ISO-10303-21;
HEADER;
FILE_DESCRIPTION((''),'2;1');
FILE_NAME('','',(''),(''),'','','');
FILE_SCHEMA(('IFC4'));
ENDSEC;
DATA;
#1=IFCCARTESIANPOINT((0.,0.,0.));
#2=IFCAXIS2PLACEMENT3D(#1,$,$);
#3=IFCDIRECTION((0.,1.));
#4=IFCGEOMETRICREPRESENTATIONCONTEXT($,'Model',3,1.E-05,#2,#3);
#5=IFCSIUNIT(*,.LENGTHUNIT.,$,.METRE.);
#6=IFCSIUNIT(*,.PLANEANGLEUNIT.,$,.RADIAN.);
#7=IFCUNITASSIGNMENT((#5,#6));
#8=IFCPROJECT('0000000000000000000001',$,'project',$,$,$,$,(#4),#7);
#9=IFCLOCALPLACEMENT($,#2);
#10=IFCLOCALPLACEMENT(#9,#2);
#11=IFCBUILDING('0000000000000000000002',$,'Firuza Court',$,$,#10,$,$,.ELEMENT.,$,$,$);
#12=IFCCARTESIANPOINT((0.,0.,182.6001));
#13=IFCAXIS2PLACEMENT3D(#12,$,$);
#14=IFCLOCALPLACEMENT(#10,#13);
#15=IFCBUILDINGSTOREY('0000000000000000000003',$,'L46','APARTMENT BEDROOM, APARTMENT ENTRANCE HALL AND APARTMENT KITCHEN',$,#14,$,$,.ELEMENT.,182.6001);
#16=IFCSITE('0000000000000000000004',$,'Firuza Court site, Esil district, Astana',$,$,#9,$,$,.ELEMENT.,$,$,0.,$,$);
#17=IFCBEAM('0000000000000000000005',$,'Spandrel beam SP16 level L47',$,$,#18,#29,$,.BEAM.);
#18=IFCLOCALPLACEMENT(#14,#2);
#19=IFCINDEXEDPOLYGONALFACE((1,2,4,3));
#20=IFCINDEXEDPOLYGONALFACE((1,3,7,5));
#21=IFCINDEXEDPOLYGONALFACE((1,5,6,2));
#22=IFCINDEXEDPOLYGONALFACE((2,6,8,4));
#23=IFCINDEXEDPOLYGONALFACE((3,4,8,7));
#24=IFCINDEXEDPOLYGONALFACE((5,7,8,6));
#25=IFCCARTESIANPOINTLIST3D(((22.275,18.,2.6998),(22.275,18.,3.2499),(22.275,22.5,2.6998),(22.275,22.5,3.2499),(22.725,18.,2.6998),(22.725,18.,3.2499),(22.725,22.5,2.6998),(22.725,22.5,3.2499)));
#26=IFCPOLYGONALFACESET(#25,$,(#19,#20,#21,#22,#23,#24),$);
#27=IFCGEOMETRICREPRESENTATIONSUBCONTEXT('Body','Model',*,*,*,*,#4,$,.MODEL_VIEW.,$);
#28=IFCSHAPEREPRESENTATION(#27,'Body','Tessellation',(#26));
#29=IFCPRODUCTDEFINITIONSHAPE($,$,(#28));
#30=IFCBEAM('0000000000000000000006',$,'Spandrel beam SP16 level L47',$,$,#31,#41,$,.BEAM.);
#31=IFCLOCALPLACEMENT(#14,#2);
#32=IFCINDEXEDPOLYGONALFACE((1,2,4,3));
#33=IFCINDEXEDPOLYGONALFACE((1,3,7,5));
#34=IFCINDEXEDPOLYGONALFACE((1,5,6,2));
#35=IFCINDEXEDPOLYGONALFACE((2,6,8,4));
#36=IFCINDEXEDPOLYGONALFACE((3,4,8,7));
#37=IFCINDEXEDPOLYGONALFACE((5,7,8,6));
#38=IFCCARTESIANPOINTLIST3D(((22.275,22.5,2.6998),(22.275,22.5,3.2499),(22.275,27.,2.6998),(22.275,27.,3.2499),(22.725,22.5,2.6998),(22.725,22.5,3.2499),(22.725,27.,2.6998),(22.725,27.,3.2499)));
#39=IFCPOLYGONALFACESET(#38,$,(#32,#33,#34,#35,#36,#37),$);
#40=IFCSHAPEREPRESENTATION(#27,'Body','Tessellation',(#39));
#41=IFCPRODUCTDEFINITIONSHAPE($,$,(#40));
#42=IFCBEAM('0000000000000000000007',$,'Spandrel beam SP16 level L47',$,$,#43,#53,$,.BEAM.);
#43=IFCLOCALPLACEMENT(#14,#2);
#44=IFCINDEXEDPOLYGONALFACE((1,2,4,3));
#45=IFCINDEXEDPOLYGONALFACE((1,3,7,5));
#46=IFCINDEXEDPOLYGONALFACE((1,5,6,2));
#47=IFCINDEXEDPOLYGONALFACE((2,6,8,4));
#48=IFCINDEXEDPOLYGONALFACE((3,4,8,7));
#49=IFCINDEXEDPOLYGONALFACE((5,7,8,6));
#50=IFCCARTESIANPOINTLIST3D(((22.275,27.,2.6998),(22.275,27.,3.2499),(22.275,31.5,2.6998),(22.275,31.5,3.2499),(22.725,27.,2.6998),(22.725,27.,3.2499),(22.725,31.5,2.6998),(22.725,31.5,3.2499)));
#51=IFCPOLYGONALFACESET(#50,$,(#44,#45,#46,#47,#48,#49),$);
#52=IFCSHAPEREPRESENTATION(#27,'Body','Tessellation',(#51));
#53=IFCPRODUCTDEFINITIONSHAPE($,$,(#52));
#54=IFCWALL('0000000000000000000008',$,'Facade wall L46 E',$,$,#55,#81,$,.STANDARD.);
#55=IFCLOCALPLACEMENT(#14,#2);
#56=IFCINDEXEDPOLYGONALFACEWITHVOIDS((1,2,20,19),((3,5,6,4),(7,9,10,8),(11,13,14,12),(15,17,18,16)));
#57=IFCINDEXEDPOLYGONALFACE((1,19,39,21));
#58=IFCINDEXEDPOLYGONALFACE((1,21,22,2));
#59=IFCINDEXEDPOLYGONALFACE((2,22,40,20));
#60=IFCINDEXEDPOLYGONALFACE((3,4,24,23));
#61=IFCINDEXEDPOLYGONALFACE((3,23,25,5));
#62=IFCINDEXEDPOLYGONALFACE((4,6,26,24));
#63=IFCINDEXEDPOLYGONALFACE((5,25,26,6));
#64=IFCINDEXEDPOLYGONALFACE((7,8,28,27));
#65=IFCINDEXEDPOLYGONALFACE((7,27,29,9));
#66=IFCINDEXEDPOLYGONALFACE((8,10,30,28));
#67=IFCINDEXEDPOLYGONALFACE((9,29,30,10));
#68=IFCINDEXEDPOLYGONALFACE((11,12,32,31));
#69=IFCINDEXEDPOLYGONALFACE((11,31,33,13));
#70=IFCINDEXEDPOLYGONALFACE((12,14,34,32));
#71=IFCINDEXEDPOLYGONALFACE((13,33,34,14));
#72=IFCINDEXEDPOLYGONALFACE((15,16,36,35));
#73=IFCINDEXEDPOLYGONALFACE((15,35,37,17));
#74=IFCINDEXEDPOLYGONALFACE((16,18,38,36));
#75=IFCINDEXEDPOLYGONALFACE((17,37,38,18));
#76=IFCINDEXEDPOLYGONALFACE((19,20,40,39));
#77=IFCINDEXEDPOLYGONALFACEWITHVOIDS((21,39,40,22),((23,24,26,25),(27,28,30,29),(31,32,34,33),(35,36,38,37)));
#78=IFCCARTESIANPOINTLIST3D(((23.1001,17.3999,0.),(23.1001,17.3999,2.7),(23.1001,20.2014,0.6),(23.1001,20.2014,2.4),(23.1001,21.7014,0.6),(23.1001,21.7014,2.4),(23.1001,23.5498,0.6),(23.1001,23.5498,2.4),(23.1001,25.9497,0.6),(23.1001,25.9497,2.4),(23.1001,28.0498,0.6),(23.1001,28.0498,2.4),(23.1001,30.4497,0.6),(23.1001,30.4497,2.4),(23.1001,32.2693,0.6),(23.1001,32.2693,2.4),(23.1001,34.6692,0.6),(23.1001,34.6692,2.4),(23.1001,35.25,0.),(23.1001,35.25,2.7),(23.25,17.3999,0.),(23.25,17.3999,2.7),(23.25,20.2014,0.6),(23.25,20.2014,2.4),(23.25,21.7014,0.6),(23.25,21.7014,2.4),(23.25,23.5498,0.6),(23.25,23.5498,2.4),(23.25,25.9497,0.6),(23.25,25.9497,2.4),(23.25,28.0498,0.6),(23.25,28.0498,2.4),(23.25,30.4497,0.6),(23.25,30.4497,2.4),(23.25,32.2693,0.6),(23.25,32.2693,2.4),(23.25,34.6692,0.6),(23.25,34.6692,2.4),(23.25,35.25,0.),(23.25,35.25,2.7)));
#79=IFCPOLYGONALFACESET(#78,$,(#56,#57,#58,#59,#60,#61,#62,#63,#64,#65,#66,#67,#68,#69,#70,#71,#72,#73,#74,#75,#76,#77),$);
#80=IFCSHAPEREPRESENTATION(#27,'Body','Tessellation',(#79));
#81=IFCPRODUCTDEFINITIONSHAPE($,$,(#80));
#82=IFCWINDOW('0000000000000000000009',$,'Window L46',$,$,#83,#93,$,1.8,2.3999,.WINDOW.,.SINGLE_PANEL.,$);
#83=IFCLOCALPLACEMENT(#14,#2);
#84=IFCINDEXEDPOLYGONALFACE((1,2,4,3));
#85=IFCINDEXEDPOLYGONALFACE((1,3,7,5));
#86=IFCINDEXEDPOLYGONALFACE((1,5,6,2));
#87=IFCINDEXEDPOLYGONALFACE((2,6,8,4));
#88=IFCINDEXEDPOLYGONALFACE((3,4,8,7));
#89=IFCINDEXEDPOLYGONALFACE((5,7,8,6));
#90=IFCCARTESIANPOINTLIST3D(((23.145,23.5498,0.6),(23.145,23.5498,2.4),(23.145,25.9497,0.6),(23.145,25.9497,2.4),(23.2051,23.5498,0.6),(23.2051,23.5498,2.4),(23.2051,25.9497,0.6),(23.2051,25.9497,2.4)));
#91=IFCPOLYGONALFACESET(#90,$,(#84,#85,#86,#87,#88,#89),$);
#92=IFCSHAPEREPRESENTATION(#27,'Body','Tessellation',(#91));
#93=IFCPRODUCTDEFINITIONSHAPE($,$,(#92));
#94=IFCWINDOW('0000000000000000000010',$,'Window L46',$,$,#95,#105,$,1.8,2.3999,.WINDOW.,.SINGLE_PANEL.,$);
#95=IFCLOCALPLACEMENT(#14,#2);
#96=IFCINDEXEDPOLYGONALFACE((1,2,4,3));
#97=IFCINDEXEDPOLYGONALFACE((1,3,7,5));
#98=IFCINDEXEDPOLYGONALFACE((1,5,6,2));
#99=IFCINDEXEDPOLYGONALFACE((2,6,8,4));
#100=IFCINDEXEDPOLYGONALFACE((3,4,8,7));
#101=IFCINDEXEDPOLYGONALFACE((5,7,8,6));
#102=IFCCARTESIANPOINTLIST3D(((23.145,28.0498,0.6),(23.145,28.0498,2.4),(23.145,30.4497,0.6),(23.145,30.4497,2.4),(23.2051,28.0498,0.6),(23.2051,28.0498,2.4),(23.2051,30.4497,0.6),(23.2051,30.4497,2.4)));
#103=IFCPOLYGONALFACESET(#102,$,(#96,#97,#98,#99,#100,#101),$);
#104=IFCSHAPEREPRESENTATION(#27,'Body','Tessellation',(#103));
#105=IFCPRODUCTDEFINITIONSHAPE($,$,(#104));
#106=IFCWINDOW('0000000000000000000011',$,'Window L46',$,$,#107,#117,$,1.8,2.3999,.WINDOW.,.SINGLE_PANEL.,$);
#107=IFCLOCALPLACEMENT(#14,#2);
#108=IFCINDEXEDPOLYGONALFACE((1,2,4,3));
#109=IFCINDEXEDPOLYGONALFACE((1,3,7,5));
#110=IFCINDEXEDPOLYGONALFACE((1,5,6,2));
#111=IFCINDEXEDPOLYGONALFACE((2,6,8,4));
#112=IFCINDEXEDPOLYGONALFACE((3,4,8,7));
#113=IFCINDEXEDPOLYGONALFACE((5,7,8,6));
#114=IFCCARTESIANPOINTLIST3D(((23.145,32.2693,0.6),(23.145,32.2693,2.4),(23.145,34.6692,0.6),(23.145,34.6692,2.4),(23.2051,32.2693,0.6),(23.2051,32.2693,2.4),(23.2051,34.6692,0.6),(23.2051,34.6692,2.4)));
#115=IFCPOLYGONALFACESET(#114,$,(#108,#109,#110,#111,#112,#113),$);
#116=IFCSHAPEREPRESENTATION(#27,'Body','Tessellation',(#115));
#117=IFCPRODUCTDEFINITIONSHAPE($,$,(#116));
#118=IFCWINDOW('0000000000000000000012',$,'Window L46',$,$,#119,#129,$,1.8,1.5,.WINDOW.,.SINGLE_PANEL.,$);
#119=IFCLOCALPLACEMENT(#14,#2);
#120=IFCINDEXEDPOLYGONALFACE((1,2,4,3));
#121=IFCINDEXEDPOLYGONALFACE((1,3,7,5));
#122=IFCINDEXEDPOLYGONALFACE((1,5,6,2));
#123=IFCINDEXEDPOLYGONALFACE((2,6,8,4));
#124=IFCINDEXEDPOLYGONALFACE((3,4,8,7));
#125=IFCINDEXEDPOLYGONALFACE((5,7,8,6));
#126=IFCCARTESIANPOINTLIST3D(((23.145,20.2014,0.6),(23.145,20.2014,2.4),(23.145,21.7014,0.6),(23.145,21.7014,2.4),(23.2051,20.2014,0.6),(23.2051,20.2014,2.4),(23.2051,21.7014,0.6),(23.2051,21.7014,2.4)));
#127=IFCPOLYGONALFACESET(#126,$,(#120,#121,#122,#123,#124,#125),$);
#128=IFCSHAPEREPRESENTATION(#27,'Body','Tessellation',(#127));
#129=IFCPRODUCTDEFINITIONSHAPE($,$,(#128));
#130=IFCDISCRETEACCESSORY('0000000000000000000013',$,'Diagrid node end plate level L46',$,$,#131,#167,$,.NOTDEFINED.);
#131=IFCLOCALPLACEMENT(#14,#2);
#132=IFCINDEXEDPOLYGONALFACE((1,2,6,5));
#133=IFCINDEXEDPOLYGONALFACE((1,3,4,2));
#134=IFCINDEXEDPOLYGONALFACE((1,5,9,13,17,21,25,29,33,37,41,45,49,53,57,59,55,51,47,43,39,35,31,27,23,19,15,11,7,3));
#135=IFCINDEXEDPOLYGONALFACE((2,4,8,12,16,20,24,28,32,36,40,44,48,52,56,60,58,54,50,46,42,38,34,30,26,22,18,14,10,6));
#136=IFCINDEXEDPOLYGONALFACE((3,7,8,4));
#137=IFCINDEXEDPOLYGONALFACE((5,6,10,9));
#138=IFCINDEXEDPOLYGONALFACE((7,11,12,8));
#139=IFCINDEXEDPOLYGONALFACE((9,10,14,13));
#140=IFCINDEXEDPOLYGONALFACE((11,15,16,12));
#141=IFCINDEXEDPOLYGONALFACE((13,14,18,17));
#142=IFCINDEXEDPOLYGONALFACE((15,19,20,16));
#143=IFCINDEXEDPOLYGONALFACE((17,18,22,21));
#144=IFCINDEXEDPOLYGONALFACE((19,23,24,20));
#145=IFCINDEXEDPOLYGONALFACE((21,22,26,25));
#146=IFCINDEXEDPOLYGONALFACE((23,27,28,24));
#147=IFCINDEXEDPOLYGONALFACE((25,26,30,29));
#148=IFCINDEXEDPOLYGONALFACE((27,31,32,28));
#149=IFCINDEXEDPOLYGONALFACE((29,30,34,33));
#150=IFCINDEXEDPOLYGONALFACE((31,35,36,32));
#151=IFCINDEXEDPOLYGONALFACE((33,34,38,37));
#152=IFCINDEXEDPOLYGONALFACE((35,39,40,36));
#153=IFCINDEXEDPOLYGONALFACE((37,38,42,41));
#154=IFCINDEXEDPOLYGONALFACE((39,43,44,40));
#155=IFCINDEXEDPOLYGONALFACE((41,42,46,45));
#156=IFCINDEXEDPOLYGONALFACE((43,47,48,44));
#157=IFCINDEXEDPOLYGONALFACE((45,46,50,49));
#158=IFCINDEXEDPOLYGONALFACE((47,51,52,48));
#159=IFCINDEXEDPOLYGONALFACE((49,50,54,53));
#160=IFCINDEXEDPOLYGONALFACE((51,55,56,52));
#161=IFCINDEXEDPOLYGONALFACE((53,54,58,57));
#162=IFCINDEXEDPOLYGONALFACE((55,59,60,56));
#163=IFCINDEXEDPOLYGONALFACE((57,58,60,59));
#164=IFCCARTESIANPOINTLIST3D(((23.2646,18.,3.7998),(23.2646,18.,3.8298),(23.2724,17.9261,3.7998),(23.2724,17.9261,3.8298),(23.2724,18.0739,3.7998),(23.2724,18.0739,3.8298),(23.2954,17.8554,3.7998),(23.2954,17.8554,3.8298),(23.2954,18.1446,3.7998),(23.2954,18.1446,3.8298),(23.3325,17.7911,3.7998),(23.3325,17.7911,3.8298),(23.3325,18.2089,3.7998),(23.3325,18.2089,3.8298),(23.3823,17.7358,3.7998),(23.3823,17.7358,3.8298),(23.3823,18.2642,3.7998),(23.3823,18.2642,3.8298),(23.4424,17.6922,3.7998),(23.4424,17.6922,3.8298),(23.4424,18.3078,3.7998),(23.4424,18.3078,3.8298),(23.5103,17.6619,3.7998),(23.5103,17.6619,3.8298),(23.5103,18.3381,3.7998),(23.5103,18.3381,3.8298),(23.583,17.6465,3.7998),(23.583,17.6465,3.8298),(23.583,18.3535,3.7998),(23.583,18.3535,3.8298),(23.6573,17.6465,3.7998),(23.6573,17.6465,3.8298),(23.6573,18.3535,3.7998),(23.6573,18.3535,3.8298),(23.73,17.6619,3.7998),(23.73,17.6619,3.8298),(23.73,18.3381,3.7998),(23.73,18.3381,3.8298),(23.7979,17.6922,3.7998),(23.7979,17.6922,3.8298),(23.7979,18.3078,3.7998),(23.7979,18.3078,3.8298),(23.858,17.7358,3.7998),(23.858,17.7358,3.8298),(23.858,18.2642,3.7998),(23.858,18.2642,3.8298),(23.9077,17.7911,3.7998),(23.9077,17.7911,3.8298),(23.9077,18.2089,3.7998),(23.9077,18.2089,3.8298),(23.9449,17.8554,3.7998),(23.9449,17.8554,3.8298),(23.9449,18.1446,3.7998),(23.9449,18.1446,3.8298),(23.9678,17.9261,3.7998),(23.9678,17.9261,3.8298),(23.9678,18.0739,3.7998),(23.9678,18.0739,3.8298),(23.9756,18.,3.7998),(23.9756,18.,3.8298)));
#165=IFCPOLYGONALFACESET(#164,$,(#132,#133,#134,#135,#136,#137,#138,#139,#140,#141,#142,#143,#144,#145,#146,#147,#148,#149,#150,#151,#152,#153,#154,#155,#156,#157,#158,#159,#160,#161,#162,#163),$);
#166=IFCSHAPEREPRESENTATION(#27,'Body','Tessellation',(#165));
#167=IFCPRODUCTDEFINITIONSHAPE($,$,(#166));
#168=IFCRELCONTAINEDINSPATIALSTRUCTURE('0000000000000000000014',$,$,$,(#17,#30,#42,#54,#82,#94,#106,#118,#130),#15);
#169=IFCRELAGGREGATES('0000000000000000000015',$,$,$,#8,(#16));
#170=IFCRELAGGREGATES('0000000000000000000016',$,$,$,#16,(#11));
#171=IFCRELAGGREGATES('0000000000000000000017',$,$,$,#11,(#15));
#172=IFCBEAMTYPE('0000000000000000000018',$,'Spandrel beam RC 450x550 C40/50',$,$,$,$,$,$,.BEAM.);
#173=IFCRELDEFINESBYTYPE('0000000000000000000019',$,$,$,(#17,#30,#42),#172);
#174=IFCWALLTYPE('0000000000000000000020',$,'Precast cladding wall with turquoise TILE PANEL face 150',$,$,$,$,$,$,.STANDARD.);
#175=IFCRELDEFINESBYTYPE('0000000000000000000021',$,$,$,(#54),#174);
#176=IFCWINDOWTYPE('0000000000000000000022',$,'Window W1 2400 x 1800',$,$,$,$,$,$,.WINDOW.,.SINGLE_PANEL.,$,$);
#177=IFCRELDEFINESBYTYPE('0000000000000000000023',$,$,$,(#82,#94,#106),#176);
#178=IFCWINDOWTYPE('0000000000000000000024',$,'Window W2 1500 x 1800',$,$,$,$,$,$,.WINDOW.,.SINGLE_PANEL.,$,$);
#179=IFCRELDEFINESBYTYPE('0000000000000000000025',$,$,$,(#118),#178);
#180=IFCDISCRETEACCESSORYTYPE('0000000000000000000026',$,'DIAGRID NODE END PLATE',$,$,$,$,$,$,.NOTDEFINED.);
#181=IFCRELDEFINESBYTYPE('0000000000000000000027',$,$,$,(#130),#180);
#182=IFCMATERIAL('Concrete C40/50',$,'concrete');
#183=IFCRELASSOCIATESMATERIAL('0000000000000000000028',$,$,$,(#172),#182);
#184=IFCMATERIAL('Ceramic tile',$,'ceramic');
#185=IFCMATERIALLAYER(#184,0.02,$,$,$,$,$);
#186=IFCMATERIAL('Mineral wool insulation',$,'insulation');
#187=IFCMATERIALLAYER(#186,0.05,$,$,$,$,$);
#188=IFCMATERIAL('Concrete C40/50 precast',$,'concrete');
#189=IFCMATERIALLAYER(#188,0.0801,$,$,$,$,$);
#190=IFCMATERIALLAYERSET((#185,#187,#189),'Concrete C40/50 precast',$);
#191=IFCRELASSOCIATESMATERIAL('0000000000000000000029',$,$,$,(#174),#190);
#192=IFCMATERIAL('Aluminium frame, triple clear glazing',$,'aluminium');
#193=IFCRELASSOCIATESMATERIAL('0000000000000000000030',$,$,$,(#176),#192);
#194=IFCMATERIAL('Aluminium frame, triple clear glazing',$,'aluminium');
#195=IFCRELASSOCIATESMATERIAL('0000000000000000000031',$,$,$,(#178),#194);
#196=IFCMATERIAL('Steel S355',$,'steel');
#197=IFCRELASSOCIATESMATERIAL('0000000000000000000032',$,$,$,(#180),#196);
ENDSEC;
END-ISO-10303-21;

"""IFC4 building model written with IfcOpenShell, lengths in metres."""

from ifc_helpers import new_model, si_unit, direction, frame, frame_2d, origin, origin_2d, place, context, subcontext, project, spatial, rectangle, circle, extrude, material, layer, layer_set, material_profile, profile_set, type_object, element, fill, save


model = new_model("IFC4")

# Units and contexts
model_context = context("Model", 3, precision=1e-05, world=origin(), true_north=direction((0.0, 1.0)))
body_context = subcontext(model_context, "Body", "Model", "MODEL_VIEW")
ifc_project = project(units=[si_unit("LENGTHUNIT", "METRE"), si_unit("PLANEANGLEUNIT", "RADIAN")], contexts=[model_context])

# Site, building, storey
site_placement = place(None, origin())
site = spatial("IfcSite", under=ifc_project, at=site_placement, Name="Firuza Court site, Esil district, Astana", CompositionType="ELEMENT", RefElevation=0.0)
building_placement = place(site_placement, origin())
building = spatial("IfcBuilding", under=site, at=building_placement, Name="Firuza Court", CompositionType="ELEMENT")
storey_placement = place(building_placement, frame((0.0, 0.0, 182.6001)))
storey = spatial("IfcBuildingStorey", under=building, at=storey_placement, Name="L46", Description="APARTMENT BEDROOM, APARTMENT ENTRANCE HALL AND APARTMENT KITCHEN", CompositionType="ELEMENT", Elevation=182.6001)

# Beams
ifc_material_1 = material(Name="Concrete C40/50", Category="concrete")
ifc_material_profile_1 = material_profile(ifc_material_1, rectangle(XDim=0.45, YDim=0.55, at=origin_2d()), Name="RC 450x550")
ifc_profile_set_1 = profile_set([ifc_material_profile_1], Name="Concrete C40/50")
beam_type_1 = type_object("IfcBeamType", Name="Spandrel beam RC 450x550 C40/50", PredefinedType="BEAM", material=ifc_profile_set_1)
for number, where, z_axis, x_axis, name in (
    (1, (22.5, 18.0, 2.9749), (0.0, 1.0, 0.0), (-1.0, 0.0, 0.0), "Spandrel beam SP16 level L47"),
    (2, (22.5, 22.5, 2.9749), (0.0, 1.0, 0.0), (-1.0, 0.0, 0.0), "Spandrel beam SP16 level L47"),
    (3, (22.5, 27.0, 2.9749), (0.0, 1.0, 0.0), (-1.0, 0.0, 0.0), "Spandrel beam SP16 level L47"),
):
    element("IfcBeam", number, at=place(storey_placement, frame(where, z_axis=z_axis, x_axis=x_axis)), inside=storey, type_object=beam_type_1, Name=name, PredefinedType="BEAM", context=body_context, shape_type="SweptSolid", body=[
        extrude(rectangle(XDim=0.45, YDim=0.55, at=origin_2d()), origin(), (0.0, 0.0, 1.0), 4.5),
    ])

# Wall, openings, windows
ifc_material_2 = material(Name="Ceramic tile", Category="ceramic")
ifc_layer_1 = layer(ifc_material_2, 0.02)
ifc_material_3 = material(Name="Mineral wool insulation", Category="insulation")
ifc_layer_2 = layer(ifc_material_3, 0.05)
ifc_material_4 = material(Name="Concrete C40/50 precast", Category="concrete")
ifc_layer_3 = layer(ifc_material_4, 0.0801)
ifc_layer_set = layer_set([ifc_layer_1, ifc_layer_2, ifc_layer_3], Name="Concrete C40/50 precast")
wall_type = type_object("IfcWallType", Name="Precast cladding wall with turquoise TILE PANEL face 150", PredefinedType="STANDARD", material=ifc_layer_set)
wall_placement = place(storey_placement, frame((23.175, 17.3999, 0.0), z_axis=(0.0, 0.0, 1.0), x_axis=(0.0, 1.0, 0.0)))
wall = element("IfcWall", 4, at=wall_placement, inside=storey, type_object=wall_type, Name="Facade wall L46 E", PredefinedType="STANDARD", context=body_context, shape_type="SweptSolid", body=[
    extrude(rectangle(XDim=17.8501, YDim=0.1499, at=frame_2d((8.925, 0.0))), origin(), (0.0, 0.0, 1.0), 2.7),
])
opening_1_placement = place(wall_placement, frame((2.8015, 0.0, 0.6001)))
opening_1 = element("IfcOpeningElement", 5, at=opening_1_placement, cuts=wall, PredefinedType="OPENING", context=body_context, shape_type="SweptSolid", body=[
    extrude(rectangle(XDim=1.5, YDim=1.8, at=frame_2d((0.75, 0.8999))), frame((0.0, 0.0869, 0.0), z_axis=(0.0, -1.0, 0.0), x_axis=(1.0, 0.0, 0.0)), (0.0, 0.0, 1.0), 0.1738),
])
opening_2_placement = place(wall_placement, frame((6.1499, 0.0, 0.6001)))
opening_2 = element("IfcOpeningElement", 6, at=opening_2_placement, cuts=wall, PredefinedType="OPENING", context=body_context, shape_type="SweptSolid", body=[
    extrude(rectangle(XDim=2.3999, YDim=1.8, at=frame_2d((1.2, 0.8999))), frame((0.0, 0.0869, 0.0), z_axis=(0.0, -1.0, 0.0), x_axis=(1.0, 0.0, 0.0)), (0.0, 0.0, 1.0), 0.1738),
])
opening_3_placement = place(wall_placement, frame((10.6499, 0.0, 0.6001)))
opening_3 = element("IfcOpeningElement", 7, at=opening_3_placement, cuts=wall, PredefinedType="OPENING", context=body_context, shape_type="SweptSolid", body=[
    extrude(rectangle(XDim=2.3999, YDim=1.8, at=frame_2d((1.2, 0.8999))), frame((0.0, 0.0869, 0.0), z_axis=(0.0, -1.0, 0.0), x_axis=(1.0, 0.0, 0.0)), (0.0, 0.0, 1.0), 0.1738),
])
opening_4_placement = place(wall_placement, frame((14.8694, 0.0, 0.6001)))
opening_4 = element("IfcOpeningElement", 8, at=opening_4_placement, cuts=wall, PredefinedType="OPENING", context=body_context, shape_type="SweptSolid", body=[
    extrude(rectangle(XDim=2.3999, YDim=1.8, at=frame_2d((1.2, 0.8999))), frame((0.0, 0.0869, 0.0), z_axis=(0.0, -1.0, 0.0), x_axis=(1.0, 0.0, 0.0)), (0.0, 0.0, 1.0), 0.1738),
])
ifc_material_5 = material(Name="Aluminium frame, triple clear glazing", Category="aluminium")
window_type_1 = type_object("IfcWindowType", Name="Window W1 2400 x 1800", PartitioningType="SINGLE_PANEL", PredefinedType="WINDOW", material=ifc_material_5)
window_1_placement = place(opening_2_placement, origin())
window_1 = element("IfcWindow", 9, at=window_1_placement, inside=storey, type_object=window_type_1, Name="Window L46", OverallHeight=1.8, OverallWidth=2.3999, PartitioningType="SINGLE_PANEL", PredefinedType="WINDOW", context=body_context, shape_type="SweptSolid", body=[
    extrude(rectangle(XDim=2.3999, YDim=1.8, at=frame_2d((1.2, 0.8999))), frame((0.0, 0.03, 0.0), z_axis=(0.0, -1.0, 0.0), x_axis=(1.0, 0.0, 0.0)), (0.0, 0.0, 1.0), 0.0601),
])
fill(opening_2, window_1)
window_2_placement = place(opening_3_placement, origin())
window_2 = element("IfcWindow", 10, at=window_2_placement, inside=storey, type_object=window_type_1, Name="Window L46", OverallHeight=1.8, OverallWidth=2.3999, PartitioningType="SINGLE_PANEL", PredefinedType="WINDOW", context=body_context, shape_type="SweptSolid", body=[
    extrude(rectangle(XDim=2.3999, YDim=1.8, at=frame_2d((1.2, 0.8999))), frame((0.0, 0.03, 0.0), z_axis=(0.0, -1.0, 0.0), x_axis=(1.0, 0.0, 0.0)), (0.0, 0.0, 1.0), 0.0601),
])
fill(opening_3, window_2)
window_3_placement = place(opening_4_placement, origin())
window_3 = element("IfcWindow", 11, at=window_3_placement, inside=storey, type_object=window_type_1, Name="Window L46", OverallHeight=1.8, OverallWidth=2.3999, PartitioningType="SINGLE_PANEL", PredefinedType="WINDOW", context=body_context, shape_type="SweptSolid", body=[
    extrude(rectangle(XDim=2.3999, YDim=1.8, at=frame_2d((1.2, 0.8999))), frame((0.0, 0.03, 0.0), z_axis=(0.0, -1.0, 0.0), x_axis=(1.0, 0.0, 0.0)), (0.0, 0.0, 1.0), 0.0601),
])
fill(opening_4, window_3)
ifc_material_6 = material(Name="Aluminium frame, triple clear glazing", Category="aluminium")
window_type_2 = type_object("IfcWindowType", Name="Window W2 1500 x 1800", PartitioningType="SINGLE_PANEL", PredefinedType="WINDOW", material=ifc_material_6)
window_4_placement = place(opening_1_placement, origin())
window_4 = element("IfcWindow", 12, at=window_4_placement, inside=storey, type_object=window_type_2, Name="Window L46", OverallHeight=1.8, OverallWidth=1.5, PartitioningType="SINGLE_PANEL", PredefinedType="WINDOW", context=body_context, shape_type="SweptSolid", body=[
    extrude(rectangle(XDim=1.5, YDim=1.8, at=frame_2d((0.75, 0.8999))), frame((0.0, 0.03, 0.0), z_axis=(0.0, -1.0, 0.0), x_axis=(1.0, 0.0, 0.0)), (0.0, 0.0, 1.0), 0.0601),
])
fill(opening_1, window_4)

# Discrete accessory
ifc_material_7 = material(Name="Steel S355", Category="steel")
ifc_material_profile_2 = material_profile(ifc_material_7, circle(Radius=0.3555, at=origin_2d()), Name="PL D711")
ifc_profile_set_2 = profile_set([ifc_material_profile_2], Name="Steel S355")
discrete_accessory_type = type_object("IfcDiscreteAccessoryType", Name="DIAGRID NODE END PLATE", PredefinedType="NOTDEFINED", material=ifc_profile_set_2)
for number, where, z_axis, x_axis, name in (
    (13, (23.6201, 18.0, 3.7998), (0.0, 0.0, 1.0), (1.0, 0.0, 0.0), "Diagrid node end plate level L46"),
):
    element("IfcDiscreteAccessory", number, at=place(storey_placement, frame(where, z_axis=z_axis, x_axis=x_axis)), inside=storey, type_object=discrete_accessory_type, Name=name, PredefinedType="NOTDEFINED", context=body_context, shape_type="SweptSolid", body=[
        extrude(circle(Radius=0.3555, at=origin_2d()), origin(), (0.0, 0.0, 1.0), 0.03),
    ])

save(model, "model.ifc")
